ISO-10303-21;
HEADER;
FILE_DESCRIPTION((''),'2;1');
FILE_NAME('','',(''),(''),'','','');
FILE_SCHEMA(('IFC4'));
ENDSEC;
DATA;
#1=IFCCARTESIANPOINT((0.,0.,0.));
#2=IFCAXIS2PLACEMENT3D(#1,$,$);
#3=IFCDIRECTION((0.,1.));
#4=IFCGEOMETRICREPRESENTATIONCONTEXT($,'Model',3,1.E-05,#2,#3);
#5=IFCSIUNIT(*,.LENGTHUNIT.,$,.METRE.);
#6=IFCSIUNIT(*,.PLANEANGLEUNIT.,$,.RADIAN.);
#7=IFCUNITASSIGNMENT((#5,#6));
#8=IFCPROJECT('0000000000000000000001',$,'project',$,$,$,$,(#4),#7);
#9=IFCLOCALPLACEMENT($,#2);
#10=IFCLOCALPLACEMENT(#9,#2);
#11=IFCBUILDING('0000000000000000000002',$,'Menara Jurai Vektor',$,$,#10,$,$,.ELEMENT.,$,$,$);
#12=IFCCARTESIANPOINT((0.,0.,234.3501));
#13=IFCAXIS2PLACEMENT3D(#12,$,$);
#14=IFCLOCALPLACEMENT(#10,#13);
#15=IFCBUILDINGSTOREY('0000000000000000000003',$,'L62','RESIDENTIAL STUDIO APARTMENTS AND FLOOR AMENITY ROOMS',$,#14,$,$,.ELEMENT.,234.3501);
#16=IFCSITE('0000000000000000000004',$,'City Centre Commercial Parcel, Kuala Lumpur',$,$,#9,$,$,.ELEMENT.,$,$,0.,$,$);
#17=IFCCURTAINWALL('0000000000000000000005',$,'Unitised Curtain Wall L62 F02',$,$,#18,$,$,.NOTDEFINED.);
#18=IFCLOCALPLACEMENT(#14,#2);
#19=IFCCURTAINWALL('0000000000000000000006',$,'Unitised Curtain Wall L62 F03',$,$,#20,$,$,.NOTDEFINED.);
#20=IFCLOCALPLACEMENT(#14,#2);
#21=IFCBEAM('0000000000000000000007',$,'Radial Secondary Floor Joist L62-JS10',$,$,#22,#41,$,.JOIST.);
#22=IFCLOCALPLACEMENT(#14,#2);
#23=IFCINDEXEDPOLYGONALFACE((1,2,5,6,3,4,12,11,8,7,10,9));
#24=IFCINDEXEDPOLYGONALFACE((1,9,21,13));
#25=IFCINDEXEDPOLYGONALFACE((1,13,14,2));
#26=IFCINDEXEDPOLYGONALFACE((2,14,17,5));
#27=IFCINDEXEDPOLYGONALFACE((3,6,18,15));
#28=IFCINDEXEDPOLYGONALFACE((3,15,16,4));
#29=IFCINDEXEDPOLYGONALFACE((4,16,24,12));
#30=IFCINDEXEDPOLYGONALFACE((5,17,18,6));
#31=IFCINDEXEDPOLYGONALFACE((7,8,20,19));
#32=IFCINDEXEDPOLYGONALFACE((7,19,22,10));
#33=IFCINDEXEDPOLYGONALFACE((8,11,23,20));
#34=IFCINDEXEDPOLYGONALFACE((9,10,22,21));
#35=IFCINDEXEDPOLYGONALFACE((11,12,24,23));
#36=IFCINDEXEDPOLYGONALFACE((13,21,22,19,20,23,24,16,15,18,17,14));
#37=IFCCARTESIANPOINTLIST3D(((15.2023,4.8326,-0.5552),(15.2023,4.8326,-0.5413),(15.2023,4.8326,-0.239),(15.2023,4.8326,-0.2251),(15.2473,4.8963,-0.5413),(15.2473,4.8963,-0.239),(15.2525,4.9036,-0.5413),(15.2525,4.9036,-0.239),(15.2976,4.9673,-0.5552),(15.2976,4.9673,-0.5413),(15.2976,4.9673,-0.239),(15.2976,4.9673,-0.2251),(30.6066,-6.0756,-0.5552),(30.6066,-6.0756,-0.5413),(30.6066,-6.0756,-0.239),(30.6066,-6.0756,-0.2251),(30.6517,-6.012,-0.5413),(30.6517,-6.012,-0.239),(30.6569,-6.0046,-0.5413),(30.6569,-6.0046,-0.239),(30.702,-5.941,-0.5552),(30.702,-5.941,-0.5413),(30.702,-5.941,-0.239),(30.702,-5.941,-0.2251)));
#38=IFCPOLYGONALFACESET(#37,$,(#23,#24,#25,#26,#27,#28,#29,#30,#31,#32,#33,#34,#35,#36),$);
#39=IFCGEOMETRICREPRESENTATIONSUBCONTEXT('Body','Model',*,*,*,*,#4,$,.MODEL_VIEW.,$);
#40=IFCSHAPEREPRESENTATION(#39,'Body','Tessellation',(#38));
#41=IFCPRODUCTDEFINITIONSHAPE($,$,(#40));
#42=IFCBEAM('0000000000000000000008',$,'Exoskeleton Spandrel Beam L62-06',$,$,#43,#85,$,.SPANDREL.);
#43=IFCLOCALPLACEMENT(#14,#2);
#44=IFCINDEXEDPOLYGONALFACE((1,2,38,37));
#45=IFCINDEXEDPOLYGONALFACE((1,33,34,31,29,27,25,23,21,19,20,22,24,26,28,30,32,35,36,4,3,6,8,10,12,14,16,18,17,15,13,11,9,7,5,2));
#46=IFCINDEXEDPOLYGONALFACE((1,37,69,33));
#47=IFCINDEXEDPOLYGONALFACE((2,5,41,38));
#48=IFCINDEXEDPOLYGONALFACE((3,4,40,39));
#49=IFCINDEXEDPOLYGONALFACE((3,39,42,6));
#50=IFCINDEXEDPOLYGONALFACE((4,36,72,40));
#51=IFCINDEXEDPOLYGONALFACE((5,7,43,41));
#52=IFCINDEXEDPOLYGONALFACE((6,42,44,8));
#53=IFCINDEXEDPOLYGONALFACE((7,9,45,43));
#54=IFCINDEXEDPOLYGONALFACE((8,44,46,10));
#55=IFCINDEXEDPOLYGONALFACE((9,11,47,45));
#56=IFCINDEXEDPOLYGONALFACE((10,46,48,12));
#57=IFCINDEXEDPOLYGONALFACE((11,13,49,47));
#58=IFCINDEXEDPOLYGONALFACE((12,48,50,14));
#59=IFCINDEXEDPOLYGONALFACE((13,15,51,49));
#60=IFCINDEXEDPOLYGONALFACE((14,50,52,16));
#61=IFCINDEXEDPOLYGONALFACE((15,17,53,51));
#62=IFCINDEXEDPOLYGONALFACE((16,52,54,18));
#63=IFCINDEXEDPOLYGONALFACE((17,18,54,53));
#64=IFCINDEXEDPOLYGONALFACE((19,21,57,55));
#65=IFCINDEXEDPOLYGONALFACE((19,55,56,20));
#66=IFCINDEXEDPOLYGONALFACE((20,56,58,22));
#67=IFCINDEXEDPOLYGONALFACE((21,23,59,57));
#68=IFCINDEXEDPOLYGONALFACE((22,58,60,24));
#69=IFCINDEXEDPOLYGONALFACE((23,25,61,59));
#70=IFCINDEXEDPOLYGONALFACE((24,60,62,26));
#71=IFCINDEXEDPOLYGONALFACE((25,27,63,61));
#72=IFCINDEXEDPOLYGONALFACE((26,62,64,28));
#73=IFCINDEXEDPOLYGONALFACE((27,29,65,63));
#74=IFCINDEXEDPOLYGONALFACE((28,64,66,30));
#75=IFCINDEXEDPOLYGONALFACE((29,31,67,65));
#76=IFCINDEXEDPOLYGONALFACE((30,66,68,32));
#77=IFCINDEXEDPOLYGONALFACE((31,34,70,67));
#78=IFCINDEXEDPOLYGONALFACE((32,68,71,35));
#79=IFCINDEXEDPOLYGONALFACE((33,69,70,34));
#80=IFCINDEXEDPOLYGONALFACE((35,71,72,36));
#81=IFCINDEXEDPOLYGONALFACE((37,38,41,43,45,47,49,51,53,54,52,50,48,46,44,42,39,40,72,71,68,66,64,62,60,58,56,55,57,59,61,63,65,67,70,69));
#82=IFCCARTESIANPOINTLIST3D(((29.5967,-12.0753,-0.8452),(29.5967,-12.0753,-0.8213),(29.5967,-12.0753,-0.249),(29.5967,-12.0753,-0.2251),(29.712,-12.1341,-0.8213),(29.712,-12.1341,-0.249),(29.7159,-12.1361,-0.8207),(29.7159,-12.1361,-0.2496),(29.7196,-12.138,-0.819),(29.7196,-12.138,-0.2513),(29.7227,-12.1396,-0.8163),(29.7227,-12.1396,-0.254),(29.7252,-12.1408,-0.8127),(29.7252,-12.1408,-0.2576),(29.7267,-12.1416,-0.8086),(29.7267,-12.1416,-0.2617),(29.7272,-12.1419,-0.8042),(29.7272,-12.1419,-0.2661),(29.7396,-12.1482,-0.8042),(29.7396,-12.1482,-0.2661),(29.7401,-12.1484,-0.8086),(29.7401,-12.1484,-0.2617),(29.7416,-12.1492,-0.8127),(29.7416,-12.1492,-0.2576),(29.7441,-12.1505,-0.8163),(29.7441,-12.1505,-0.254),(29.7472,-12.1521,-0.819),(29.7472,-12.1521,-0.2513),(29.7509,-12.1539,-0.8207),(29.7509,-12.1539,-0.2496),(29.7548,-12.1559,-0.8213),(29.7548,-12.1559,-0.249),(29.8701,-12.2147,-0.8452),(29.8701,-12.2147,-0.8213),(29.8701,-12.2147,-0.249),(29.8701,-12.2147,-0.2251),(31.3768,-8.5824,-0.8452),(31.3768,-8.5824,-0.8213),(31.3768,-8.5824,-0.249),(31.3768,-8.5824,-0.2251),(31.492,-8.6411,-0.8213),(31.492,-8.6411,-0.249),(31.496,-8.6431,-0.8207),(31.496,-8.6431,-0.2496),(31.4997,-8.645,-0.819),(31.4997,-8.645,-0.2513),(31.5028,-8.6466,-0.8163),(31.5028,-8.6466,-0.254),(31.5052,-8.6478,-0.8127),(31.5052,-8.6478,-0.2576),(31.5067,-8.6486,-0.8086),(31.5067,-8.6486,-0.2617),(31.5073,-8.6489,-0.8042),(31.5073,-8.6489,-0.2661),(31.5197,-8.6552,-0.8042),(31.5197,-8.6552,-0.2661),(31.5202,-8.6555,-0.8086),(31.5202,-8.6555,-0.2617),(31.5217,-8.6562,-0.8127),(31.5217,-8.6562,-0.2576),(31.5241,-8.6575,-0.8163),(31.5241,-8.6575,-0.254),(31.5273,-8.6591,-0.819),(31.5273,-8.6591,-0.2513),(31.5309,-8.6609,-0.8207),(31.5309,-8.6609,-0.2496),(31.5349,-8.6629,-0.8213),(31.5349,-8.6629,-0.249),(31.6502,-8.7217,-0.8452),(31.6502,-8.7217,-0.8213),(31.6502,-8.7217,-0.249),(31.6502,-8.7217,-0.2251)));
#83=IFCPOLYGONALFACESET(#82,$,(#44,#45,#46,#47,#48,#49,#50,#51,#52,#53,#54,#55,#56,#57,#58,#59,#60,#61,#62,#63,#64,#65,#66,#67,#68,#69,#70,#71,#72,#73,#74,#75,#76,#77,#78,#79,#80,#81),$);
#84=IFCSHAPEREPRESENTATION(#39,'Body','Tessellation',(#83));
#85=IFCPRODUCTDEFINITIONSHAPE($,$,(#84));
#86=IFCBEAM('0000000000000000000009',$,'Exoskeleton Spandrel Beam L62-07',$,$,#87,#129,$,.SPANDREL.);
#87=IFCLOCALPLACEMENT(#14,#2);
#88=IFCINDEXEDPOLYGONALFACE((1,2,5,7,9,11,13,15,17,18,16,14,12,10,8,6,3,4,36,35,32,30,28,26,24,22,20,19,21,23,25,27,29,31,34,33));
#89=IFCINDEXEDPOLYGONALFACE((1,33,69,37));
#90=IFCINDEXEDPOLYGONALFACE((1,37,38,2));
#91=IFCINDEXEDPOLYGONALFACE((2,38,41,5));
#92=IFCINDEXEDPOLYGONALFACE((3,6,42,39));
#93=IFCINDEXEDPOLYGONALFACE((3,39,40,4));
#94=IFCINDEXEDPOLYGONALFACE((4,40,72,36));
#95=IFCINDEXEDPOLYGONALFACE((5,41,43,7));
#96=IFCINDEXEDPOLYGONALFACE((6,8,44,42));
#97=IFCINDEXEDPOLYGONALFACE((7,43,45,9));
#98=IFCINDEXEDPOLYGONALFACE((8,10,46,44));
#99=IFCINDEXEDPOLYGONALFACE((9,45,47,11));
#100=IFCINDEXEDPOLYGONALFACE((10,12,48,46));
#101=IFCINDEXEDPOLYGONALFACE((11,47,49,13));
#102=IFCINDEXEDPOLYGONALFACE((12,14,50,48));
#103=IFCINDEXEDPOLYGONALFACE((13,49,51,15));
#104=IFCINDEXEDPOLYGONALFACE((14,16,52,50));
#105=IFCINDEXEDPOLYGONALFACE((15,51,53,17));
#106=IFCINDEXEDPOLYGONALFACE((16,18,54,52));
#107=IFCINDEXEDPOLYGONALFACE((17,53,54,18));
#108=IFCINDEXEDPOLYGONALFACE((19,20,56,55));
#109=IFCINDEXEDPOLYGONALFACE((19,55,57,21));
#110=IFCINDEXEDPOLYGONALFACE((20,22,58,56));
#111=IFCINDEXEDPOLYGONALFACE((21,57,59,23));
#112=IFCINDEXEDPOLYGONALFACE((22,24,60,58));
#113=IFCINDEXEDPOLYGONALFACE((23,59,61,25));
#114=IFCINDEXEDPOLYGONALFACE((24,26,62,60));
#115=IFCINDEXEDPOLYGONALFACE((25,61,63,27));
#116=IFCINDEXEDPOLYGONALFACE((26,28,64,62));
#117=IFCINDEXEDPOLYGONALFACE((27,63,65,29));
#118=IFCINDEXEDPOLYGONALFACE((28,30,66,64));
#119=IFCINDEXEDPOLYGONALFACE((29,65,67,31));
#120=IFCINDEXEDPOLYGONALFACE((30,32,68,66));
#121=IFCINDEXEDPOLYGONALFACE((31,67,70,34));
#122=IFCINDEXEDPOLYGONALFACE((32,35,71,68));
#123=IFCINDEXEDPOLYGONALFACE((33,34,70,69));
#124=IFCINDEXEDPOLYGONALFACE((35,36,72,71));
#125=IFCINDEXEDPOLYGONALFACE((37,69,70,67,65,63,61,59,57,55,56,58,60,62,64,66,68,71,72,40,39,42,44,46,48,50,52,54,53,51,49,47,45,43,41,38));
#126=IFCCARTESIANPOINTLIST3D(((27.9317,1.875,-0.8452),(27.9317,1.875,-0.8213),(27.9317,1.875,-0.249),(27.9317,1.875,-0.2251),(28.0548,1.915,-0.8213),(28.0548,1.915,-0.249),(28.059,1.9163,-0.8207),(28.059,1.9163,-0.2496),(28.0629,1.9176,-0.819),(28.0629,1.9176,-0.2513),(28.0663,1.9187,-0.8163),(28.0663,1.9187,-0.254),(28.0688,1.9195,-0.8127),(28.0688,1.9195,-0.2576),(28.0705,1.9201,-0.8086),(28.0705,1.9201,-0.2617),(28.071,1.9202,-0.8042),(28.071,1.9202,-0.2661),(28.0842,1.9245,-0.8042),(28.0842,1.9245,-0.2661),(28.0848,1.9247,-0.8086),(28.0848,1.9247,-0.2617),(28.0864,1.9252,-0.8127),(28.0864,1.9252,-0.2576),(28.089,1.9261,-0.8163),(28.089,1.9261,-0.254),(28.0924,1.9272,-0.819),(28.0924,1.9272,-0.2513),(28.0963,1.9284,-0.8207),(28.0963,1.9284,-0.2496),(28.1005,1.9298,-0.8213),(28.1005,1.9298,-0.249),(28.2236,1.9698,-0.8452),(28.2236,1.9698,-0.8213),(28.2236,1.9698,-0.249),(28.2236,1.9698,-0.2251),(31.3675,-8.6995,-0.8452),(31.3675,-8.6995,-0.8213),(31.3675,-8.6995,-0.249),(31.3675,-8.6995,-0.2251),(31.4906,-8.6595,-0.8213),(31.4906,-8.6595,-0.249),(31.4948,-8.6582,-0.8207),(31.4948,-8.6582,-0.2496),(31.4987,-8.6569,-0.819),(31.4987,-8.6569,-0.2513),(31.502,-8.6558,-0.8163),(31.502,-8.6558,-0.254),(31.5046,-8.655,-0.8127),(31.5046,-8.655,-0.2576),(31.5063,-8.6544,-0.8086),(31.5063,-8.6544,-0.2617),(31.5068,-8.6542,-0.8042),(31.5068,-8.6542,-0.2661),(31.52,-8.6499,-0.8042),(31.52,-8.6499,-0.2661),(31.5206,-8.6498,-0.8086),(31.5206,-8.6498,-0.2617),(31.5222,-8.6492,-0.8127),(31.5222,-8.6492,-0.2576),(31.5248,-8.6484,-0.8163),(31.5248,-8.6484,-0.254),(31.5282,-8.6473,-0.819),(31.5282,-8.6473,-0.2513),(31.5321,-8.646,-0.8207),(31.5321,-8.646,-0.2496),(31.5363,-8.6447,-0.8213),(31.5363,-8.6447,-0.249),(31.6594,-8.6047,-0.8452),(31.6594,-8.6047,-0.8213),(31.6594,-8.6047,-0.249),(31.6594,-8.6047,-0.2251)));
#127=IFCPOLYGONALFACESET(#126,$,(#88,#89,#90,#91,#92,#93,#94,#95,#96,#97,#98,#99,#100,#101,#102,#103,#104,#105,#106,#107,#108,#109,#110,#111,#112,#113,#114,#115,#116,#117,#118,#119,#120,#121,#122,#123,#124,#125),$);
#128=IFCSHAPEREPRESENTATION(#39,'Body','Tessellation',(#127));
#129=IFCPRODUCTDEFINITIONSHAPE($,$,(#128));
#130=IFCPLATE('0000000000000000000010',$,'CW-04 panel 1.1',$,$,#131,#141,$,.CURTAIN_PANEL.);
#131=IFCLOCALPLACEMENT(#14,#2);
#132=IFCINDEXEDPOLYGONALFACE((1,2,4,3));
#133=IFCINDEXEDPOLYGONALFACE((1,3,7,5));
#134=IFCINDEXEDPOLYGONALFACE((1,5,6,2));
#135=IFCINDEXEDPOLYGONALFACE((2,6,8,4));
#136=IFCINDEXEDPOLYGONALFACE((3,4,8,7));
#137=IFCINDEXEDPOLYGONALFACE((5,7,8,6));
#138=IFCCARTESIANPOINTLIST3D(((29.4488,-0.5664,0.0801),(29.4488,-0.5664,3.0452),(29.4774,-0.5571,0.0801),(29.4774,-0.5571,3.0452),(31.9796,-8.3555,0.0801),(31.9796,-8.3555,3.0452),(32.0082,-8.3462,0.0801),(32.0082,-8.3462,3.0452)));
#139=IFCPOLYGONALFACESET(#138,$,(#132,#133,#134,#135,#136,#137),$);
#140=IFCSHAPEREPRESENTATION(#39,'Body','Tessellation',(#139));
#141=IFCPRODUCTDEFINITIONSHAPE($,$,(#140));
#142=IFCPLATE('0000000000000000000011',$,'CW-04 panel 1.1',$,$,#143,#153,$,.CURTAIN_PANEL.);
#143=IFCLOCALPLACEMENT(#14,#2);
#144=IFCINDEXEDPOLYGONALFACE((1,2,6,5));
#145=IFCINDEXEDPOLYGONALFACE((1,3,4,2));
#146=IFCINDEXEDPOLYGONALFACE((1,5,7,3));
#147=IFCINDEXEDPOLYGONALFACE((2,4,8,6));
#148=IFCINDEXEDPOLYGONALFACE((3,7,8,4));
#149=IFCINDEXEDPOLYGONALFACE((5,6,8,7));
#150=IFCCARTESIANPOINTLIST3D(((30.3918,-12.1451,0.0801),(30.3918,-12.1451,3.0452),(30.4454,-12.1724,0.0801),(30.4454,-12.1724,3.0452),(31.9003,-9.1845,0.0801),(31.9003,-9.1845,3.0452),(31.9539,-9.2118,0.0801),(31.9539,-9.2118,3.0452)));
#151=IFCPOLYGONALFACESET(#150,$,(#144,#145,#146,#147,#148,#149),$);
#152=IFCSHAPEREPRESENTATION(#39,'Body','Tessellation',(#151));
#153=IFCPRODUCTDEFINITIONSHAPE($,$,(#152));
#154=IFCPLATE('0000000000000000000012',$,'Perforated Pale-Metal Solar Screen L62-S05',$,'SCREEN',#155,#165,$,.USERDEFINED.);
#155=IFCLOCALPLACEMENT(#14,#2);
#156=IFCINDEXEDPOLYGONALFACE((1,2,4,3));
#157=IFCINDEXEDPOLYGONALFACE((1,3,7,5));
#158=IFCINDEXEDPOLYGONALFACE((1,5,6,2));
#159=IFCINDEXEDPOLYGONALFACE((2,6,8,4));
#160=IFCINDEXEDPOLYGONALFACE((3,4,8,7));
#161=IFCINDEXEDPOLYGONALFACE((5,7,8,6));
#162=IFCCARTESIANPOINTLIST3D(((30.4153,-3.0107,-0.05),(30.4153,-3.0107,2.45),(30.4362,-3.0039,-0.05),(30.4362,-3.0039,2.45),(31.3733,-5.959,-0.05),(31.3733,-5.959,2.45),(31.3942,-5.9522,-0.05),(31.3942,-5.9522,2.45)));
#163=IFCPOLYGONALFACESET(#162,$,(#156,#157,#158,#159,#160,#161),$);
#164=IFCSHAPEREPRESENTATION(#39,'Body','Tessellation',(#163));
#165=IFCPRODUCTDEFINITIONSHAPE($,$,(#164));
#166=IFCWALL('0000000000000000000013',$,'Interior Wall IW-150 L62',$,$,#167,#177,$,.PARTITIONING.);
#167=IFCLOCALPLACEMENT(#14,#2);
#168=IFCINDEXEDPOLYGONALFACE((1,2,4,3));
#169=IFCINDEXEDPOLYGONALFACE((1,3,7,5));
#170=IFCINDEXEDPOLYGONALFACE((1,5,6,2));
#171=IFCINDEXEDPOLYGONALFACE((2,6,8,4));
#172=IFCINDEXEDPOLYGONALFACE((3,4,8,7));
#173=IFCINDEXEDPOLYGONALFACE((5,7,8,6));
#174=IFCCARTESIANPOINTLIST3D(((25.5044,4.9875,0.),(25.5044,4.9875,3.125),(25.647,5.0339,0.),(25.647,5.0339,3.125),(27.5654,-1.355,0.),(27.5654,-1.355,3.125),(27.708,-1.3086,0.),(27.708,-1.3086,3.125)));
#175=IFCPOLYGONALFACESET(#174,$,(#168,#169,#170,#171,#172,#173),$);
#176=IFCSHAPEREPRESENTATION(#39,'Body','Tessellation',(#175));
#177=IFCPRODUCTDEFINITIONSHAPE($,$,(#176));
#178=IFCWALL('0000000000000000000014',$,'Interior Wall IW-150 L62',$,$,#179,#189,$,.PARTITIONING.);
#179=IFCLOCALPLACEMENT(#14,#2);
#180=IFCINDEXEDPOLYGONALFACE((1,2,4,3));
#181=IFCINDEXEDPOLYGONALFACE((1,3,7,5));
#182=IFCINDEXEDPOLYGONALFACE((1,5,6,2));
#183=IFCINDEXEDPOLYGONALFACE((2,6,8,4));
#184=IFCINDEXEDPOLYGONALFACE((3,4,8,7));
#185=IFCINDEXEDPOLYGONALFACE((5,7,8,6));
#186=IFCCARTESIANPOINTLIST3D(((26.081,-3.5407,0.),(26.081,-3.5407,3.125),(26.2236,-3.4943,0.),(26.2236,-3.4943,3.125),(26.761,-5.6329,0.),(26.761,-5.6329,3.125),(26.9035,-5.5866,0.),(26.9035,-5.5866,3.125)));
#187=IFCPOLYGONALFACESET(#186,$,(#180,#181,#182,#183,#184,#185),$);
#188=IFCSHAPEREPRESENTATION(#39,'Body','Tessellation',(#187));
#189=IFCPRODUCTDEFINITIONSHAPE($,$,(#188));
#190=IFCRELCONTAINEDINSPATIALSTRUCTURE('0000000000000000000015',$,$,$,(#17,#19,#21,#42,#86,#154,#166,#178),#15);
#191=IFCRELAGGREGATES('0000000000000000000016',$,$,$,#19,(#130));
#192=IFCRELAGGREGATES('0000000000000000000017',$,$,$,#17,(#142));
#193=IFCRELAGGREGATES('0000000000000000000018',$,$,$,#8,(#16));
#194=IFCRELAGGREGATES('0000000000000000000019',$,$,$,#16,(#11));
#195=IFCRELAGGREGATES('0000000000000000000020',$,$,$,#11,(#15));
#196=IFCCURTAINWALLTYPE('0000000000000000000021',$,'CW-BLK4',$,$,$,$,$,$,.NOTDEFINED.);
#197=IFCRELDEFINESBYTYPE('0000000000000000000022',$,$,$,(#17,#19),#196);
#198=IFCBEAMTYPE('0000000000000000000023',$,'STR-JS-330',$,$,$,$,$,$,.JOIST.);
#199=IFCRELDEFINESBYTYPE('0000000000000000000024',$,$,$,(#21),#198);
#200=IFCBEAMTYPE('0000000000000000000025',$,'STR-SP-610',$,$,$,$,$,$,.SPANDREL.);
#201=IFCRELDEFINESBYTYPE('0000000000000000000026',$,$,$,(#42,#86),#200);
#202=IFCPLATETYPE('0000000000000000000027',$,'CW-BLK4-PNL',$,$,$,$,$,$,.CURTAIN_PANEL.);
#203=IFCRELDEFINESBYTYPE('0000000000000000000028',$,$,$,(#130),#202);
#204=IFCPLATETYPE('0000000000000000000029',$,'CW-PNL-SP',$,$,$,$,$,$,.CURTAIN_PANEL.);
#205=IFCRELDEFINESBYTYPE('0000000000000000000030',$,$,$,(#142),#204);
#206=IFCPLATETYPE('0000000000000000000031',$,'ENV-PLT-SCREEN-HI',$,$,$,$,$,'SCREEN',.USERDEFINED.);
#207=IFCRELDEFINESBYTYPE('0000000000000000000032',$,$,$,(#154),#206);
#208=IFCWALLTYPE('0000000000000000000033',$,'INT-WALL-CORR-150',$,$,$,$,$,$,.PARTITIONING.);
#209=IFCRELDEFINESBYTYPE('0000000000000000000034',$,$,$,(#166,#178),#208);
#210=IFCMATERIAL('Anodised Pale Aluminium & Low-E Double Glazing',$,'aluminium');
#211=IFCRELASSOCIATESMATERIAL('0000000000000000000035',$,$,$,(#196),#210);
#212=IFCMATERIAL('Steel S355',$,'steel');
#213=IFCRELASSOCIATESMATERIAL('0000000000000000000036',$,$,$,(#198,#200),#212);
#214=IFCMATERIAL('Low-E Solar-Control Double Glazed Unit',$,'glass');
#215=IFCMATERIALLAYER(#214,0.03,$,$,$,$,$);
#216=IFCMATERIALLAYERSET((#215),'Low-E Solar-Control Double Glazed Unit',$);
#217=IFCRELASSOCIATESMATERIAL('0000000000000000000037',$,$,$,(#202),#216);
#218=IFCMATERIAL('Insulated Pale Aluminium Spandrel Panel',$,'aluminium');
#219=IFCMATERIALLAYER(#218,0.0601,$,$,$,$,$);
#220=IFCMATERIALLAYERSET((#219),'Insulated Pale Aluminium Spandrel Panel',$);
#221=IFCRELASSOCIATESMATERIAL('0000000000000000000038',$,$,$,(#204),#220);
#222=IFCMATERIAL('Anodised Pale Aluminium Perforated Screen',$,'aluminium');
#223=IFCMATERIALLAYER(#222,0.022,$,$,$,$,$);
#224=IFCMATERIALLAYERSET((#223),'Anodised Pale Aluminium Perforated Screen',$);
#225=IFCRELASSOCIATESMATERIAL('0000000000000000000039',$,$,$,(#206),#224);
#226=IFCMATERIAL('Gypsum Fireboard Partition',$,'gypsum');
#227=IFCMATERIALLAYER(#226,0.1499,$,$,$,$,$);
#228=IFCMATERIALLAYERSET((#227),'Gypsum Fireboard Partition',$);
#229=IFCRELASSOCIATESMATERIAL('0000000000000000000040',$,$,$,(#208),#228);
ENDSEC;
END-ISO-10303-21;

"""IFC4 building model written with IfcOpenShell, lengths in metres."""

from ifc_helpers import new_model, si_unit, direction, frame, frame_2d, origin, origin_2d, place, context, subcontext, project, spatial, rectangle, i_section, extrude, material, layer, layer_set, material_profile, profile_set, type_object, element, aggregate, save


model = new_model("IFC4")

# Units and contexts
model_context = context("Model", 3, precision=1e-05, world=origin(), true_north=direction((0.0, 1.0)))
body_context = subcontext(model_context, "Body", "Model", "MODEL_VIEW")
ifc_project = project(units=[si_unit("LENGTHUNIT", "METRE"), si_unit("PLANEANGLEUNIT", "RADIAN")], contexts=[model_context])

# Site, building, storey
site_placement = place(None, origin())
site = spatial("IfcSite", under=ifc_project, at=site_placement, Name="City Centre Commercial Parcel, Kuala Lumpur", CompositionType="ELEMENT", RefElevation=0.0)
building_placement = place(site_placement, origin())
building = spatial("IfcBuilding", under=site, at=building_placement, Name="Menara Jurai Vektor", CompositionType="ELEMENT")
storey_placement = place(building_placement, frame((0.0, 0.0, 234.3501)))
storey = spatial("IfcBuildingStorey", under=building, at=storey_placement, Name="L62", Description="RESIDENTIAL STUDIO APARTMENTS AND FLOOR AMENITY ROOMS", CompositionType="ELEMENT", Elevation=234.3501)

# Shared definitions
ifc_material_1 = material(Name="Anodised Pale Aluminium & Low-E Double Glazing", Category="aluminium")
curtain_wall_type = type_object("IfcCurtainWallType", Name="CW-BLK4", PredefinedType="NOTDEFINED", material=ifc_material_1)

# Curtain walls
curtain_wall_1_placement = place(storey_placement, origin())
curtain_wall_1 = element("IfcCurtainWall", 1, at=curtain_wall_1_placement, inside=storey, type_object=curtain_wall_type, Name="Unitised Curtain Wall L62 F02", PredefinedType="NOTDEFINED")
curtain_wall_2_placement = place(storey_placement, origin())
curtain_wall_2 = element("IfcCurtainWall", 2, at=curtain_wall_2_placement, inside=storey, type_object=curtain_wall_type, Name="Unitised Curtain Wall L62 F03", PredefinedType="NOTDEFINED")

# Shared definitions
ifc_material_2 = material(Name="Steel S355", Category="steel")

# Beams
ifc_material_profile_1 = material_profile(ifc_material_2, i_section(OverallWidth=0.165, OverallDepth=0.3301, WebThickness=0.009, FlangeThickness=0.0139, at=origin_2d()), Name="PG 330x165x46")
ifc_profile_set_1 = profile_set([ifc_material_profile_1], Name="Steel S355")
beam_type_1 = type_object("IfcBeamType", Name="STR-JS-330", PredefinedType="JOIST", material=ifc_profile_set_1)
beam_1_placement = place(storey_placement, frame((30.6543, -6.0083, -0.3901), z_axis=(-0.816104, 0.577905, 0.0), x_axis=(-0.577905, -0.816104, 0.0)))
element("IfcBeam", 3, at=beam_1_placement, inside=storey, type_object=beam_type_1, Name="Radial Secondary Floor Joist L62-JS10", PredefinedType="JOIST", context=body_context, shape_type="SweptSolid", body=[
    extrude(i_section(OverallWidth=0.165, OverallDepth=0.3301, WebThickness=0.009, FlangeThickness=0.0139, at=origin_2d()), origin(), (0.0, 0.0, 1.0), 18.8755),
])
ifc_material_profile_2 = material_profile(ifc_material_2, i_section(OverallWidth=0.3069, OverallDepth=0.6201, WebThickness=0.0139, FlangeThickness=0.0239, FilletRadius=0.0171, at=origin_2d()), Name="UKB 610x305x179")
ifc_profile_set_2 = profile_set([ifc_material_profile_2], Name="Steel S355")
beam_type_2 = type_object("IfcBeamType", Name="STR-SP-610", PredefinedType="SPANDREL", material=ifc_profile_set_2)
beam_2_placement = place(storey_placement, frame((29.7334, -12.145, -0.5352), z_axis=(0.454051, 0.890976, 0.0), x_axis=(-0.890976, 0.454051, 0.0)))
element("IfcBeam", 4, at=beam_2_placement, inside=storey, type_object=beam_type_2, Name="Exoskeleton Spandrel Beam L62-06", PredefinedType="SPANDREL", context=body_context, shape_type="SweptSolid", body=[
    extrude(i_section(OverallWidth=0.3069, OverallDepth=0.6201, WebThickness=0.0139, FlangeThickness=0.0239, FilletRadius=0.0171, at=origin_2d()), origin(), (0.0, 0.0, 1.0), 3.9204),
])
beam_3_placement = place(storey_placement, frame((31.5134, -8.6521, -0.5352), z_axis=(-0.309012, 0.951058, 0.0), x_axis=(-0.951058, -0.309012, 0.0)))
element("IfcBeam", 5, at=beam_3_placement, inside=storey, type_object=beam_type_2, Name="Exoskeleton Spandrel Beam L62-07", PredefinedType="SPANDREL", context=body_context, shape_type="SweptSolid", body=[
    extrude(i_section(OverallWidth=0.3069, OverallDepth=0.6201, WebThickness=0.0139, FlangeThickness=0.0239, FilletRadius=0.0171, at=origin_2d()), origin(), (0.0, 0.0, 1.0), 11.1187),
])

# Plates
ifc_material_3 = material(Name="Low-E Solar-Control Double Glazed Unit", Category="glass")
ifc_layer_1 = layer(ifc_material_3, 0.03)
ifc_layer_set_1 = layer_set([ifc_layer_1], Name="Low-E Solar-Control Double Glazed Unit")
plate_type_1 = type_object("IfcPlateType", Name="CW-BLK4-PNL", PredefinedType="CURTAIN_PANEL", material=ifc_layer_set_1)
plate_1_placement = place(storey_placement, frame((30.7285, -4.4563, 0.0801), z_axis=(0.0, 0.0, 1.0), x_axis=(-0.309016, 0.951057, 0.0)))
plate_1 = element("IfcPlate", 6, at=plate_1_placement, type_object=plate_type_1, Name="CW-04 panel 1.1", PredefinedType="CURTAIN_PANEL", context=body_context, shape_type="SweptSolid", body=[
    extrude(rectangle(XDim=8.1899, YDim=0.03, at=origin_2d()), origin(), (0.0, 0.0, 1.0), 2.9651),
])
aggregate(curtain_wall_2, [plate_1])
ifc_material_4 = material(Name="Insulated Pale Aluminium Spandrel Panel", Category="aluminium")
ifc_layer_2 = layer(ifc_material_4, 0.0601)
ifc_layer_set_2 = layer_set([ifc_layer_2], Name="Insulated Pale Aluminium Spandrel Panel")
plate_type_2 = type_object("IfcPlateType", Name="CW-PNL-SP", PredefinedType="CURTAIN_PANEL", material=ifc_layer_set_2)
plate_2_placement = place(storey_placement, frame((31.1729, -10.6785, 0.0801), z_axis=(0.0, 0.0, 1.0), x_axis=(0.453989, 0.891008, 0.0)))
plate_2 = element("IfcPlate", 7, at=plate_2_placement, type_object=plate_type_2, Name="CW-04 panel 1.1", PredefinedType="CURTAIN_PANEL", context=body_context, shape_type="SweptSolid", body=[
    extrude(rectangle(XDim=3.3228, YDim=0.0601, at=origin_2d()), origin(), (0.0, 0.0, 1.0), 2.9651),
])
aggregate(curtain_wall_1, [plate_2])
ifc_material_5 = material(Name="Anodised Pale Aluminium Perforated Screen", Category="aluminium")
ifc_layer_3 = layer(ifc_material_5, 0.022)
ifc_layer_set_3 = layer_set([ifc_layer_3], Name="Anodised Pale Aluminium Perforated Screen")
plate_type_3 = type_object("IfcPlateType", Name="ENV-PLT-SCREEN-HI", ElementType="SCREEN", PredefinedType="USERDEFINED", material=ifc_layer_set_3)
plate_3_placement = place(storey_placement, frame((30.9048, -4.4814, -0.05), z_axis=(0.0, 0.0, 1.0), x_axis=(-0.309017, 0.951057, 0.0)))
element("IfcPlate", 8, at=plate_3_placement, inside=storey, type_object=plate_type_3, Name="Perforated Pale-Metal Solar Screen L62-S05", ObjectType="SCREEN", PredefinedType="USERDEFINED", context=body_context, shape_type="SweptSolid", body=[
    extrude(rectangle(XDim=3.1001, YDim=0.022, at=origin_2d()), origin(), (0.0, 0.0, 1.0), 2.5),
])

# Shared definitions
ifc_material_6 = material(Name="Gypsum Fireboard Partition", Category="gypsum")
ifc_layer_4 = layer(ifc_material_6, 0.1499)
ifc_layer_set_4 = layer_set([ifc_layer_4], Name="Gypsum Fireboard Partition")
wall_type = type_object("IfcWallType", Name="INT-WALL-CORR-150", PredefinedType="PARTITIONING", material=ifc_layer_set_4)

# Walls
wall_1_placement = place(storey_placement, frame((27.6367, -1.3318, 0.0), z_axis=(0.0, 0.0, 1.0), x_axis=(-0.309047, 0.951047, 0.0)))
element("IfcWall", 9, at=wall_1_placement, inside=storey, type_object=wall_type, Name="Interior Wall IW-150 L62", PredefinedType="PARTITIONING", context=body_context, shape_type="SweptSolid", body=[
    extrude(rectangle(XDim=6.6689, YDim=0.1499, at=frame_2d((3.3345, 0.0))), origin(), (0.0, 0.0, 1.0), 3.125),
])
wall_2_placement = place(storey_placement, frame((26.8323, -5.6099, 0.0), z_axis=(0.0, 0.0, 1.0), x_axis=(-0.309061, 0.951042, 0.0)))
element("IfcWall", 10, at=wall_2_placement, inside=storey, type_object=wall_type, Name="Interior Wall IW-150 L62", PredefinedType="PARTITIONING", context=body_context, shape_type="SweptSolid", body=[
    extrude(rectangle(XDim=2.2, YDim=0.1499, at=frame_2d((1.1001, 0.0))), origin(), (0.0, 0.0, 1.0), 3.125),
])

save(model, "model.ifc")
